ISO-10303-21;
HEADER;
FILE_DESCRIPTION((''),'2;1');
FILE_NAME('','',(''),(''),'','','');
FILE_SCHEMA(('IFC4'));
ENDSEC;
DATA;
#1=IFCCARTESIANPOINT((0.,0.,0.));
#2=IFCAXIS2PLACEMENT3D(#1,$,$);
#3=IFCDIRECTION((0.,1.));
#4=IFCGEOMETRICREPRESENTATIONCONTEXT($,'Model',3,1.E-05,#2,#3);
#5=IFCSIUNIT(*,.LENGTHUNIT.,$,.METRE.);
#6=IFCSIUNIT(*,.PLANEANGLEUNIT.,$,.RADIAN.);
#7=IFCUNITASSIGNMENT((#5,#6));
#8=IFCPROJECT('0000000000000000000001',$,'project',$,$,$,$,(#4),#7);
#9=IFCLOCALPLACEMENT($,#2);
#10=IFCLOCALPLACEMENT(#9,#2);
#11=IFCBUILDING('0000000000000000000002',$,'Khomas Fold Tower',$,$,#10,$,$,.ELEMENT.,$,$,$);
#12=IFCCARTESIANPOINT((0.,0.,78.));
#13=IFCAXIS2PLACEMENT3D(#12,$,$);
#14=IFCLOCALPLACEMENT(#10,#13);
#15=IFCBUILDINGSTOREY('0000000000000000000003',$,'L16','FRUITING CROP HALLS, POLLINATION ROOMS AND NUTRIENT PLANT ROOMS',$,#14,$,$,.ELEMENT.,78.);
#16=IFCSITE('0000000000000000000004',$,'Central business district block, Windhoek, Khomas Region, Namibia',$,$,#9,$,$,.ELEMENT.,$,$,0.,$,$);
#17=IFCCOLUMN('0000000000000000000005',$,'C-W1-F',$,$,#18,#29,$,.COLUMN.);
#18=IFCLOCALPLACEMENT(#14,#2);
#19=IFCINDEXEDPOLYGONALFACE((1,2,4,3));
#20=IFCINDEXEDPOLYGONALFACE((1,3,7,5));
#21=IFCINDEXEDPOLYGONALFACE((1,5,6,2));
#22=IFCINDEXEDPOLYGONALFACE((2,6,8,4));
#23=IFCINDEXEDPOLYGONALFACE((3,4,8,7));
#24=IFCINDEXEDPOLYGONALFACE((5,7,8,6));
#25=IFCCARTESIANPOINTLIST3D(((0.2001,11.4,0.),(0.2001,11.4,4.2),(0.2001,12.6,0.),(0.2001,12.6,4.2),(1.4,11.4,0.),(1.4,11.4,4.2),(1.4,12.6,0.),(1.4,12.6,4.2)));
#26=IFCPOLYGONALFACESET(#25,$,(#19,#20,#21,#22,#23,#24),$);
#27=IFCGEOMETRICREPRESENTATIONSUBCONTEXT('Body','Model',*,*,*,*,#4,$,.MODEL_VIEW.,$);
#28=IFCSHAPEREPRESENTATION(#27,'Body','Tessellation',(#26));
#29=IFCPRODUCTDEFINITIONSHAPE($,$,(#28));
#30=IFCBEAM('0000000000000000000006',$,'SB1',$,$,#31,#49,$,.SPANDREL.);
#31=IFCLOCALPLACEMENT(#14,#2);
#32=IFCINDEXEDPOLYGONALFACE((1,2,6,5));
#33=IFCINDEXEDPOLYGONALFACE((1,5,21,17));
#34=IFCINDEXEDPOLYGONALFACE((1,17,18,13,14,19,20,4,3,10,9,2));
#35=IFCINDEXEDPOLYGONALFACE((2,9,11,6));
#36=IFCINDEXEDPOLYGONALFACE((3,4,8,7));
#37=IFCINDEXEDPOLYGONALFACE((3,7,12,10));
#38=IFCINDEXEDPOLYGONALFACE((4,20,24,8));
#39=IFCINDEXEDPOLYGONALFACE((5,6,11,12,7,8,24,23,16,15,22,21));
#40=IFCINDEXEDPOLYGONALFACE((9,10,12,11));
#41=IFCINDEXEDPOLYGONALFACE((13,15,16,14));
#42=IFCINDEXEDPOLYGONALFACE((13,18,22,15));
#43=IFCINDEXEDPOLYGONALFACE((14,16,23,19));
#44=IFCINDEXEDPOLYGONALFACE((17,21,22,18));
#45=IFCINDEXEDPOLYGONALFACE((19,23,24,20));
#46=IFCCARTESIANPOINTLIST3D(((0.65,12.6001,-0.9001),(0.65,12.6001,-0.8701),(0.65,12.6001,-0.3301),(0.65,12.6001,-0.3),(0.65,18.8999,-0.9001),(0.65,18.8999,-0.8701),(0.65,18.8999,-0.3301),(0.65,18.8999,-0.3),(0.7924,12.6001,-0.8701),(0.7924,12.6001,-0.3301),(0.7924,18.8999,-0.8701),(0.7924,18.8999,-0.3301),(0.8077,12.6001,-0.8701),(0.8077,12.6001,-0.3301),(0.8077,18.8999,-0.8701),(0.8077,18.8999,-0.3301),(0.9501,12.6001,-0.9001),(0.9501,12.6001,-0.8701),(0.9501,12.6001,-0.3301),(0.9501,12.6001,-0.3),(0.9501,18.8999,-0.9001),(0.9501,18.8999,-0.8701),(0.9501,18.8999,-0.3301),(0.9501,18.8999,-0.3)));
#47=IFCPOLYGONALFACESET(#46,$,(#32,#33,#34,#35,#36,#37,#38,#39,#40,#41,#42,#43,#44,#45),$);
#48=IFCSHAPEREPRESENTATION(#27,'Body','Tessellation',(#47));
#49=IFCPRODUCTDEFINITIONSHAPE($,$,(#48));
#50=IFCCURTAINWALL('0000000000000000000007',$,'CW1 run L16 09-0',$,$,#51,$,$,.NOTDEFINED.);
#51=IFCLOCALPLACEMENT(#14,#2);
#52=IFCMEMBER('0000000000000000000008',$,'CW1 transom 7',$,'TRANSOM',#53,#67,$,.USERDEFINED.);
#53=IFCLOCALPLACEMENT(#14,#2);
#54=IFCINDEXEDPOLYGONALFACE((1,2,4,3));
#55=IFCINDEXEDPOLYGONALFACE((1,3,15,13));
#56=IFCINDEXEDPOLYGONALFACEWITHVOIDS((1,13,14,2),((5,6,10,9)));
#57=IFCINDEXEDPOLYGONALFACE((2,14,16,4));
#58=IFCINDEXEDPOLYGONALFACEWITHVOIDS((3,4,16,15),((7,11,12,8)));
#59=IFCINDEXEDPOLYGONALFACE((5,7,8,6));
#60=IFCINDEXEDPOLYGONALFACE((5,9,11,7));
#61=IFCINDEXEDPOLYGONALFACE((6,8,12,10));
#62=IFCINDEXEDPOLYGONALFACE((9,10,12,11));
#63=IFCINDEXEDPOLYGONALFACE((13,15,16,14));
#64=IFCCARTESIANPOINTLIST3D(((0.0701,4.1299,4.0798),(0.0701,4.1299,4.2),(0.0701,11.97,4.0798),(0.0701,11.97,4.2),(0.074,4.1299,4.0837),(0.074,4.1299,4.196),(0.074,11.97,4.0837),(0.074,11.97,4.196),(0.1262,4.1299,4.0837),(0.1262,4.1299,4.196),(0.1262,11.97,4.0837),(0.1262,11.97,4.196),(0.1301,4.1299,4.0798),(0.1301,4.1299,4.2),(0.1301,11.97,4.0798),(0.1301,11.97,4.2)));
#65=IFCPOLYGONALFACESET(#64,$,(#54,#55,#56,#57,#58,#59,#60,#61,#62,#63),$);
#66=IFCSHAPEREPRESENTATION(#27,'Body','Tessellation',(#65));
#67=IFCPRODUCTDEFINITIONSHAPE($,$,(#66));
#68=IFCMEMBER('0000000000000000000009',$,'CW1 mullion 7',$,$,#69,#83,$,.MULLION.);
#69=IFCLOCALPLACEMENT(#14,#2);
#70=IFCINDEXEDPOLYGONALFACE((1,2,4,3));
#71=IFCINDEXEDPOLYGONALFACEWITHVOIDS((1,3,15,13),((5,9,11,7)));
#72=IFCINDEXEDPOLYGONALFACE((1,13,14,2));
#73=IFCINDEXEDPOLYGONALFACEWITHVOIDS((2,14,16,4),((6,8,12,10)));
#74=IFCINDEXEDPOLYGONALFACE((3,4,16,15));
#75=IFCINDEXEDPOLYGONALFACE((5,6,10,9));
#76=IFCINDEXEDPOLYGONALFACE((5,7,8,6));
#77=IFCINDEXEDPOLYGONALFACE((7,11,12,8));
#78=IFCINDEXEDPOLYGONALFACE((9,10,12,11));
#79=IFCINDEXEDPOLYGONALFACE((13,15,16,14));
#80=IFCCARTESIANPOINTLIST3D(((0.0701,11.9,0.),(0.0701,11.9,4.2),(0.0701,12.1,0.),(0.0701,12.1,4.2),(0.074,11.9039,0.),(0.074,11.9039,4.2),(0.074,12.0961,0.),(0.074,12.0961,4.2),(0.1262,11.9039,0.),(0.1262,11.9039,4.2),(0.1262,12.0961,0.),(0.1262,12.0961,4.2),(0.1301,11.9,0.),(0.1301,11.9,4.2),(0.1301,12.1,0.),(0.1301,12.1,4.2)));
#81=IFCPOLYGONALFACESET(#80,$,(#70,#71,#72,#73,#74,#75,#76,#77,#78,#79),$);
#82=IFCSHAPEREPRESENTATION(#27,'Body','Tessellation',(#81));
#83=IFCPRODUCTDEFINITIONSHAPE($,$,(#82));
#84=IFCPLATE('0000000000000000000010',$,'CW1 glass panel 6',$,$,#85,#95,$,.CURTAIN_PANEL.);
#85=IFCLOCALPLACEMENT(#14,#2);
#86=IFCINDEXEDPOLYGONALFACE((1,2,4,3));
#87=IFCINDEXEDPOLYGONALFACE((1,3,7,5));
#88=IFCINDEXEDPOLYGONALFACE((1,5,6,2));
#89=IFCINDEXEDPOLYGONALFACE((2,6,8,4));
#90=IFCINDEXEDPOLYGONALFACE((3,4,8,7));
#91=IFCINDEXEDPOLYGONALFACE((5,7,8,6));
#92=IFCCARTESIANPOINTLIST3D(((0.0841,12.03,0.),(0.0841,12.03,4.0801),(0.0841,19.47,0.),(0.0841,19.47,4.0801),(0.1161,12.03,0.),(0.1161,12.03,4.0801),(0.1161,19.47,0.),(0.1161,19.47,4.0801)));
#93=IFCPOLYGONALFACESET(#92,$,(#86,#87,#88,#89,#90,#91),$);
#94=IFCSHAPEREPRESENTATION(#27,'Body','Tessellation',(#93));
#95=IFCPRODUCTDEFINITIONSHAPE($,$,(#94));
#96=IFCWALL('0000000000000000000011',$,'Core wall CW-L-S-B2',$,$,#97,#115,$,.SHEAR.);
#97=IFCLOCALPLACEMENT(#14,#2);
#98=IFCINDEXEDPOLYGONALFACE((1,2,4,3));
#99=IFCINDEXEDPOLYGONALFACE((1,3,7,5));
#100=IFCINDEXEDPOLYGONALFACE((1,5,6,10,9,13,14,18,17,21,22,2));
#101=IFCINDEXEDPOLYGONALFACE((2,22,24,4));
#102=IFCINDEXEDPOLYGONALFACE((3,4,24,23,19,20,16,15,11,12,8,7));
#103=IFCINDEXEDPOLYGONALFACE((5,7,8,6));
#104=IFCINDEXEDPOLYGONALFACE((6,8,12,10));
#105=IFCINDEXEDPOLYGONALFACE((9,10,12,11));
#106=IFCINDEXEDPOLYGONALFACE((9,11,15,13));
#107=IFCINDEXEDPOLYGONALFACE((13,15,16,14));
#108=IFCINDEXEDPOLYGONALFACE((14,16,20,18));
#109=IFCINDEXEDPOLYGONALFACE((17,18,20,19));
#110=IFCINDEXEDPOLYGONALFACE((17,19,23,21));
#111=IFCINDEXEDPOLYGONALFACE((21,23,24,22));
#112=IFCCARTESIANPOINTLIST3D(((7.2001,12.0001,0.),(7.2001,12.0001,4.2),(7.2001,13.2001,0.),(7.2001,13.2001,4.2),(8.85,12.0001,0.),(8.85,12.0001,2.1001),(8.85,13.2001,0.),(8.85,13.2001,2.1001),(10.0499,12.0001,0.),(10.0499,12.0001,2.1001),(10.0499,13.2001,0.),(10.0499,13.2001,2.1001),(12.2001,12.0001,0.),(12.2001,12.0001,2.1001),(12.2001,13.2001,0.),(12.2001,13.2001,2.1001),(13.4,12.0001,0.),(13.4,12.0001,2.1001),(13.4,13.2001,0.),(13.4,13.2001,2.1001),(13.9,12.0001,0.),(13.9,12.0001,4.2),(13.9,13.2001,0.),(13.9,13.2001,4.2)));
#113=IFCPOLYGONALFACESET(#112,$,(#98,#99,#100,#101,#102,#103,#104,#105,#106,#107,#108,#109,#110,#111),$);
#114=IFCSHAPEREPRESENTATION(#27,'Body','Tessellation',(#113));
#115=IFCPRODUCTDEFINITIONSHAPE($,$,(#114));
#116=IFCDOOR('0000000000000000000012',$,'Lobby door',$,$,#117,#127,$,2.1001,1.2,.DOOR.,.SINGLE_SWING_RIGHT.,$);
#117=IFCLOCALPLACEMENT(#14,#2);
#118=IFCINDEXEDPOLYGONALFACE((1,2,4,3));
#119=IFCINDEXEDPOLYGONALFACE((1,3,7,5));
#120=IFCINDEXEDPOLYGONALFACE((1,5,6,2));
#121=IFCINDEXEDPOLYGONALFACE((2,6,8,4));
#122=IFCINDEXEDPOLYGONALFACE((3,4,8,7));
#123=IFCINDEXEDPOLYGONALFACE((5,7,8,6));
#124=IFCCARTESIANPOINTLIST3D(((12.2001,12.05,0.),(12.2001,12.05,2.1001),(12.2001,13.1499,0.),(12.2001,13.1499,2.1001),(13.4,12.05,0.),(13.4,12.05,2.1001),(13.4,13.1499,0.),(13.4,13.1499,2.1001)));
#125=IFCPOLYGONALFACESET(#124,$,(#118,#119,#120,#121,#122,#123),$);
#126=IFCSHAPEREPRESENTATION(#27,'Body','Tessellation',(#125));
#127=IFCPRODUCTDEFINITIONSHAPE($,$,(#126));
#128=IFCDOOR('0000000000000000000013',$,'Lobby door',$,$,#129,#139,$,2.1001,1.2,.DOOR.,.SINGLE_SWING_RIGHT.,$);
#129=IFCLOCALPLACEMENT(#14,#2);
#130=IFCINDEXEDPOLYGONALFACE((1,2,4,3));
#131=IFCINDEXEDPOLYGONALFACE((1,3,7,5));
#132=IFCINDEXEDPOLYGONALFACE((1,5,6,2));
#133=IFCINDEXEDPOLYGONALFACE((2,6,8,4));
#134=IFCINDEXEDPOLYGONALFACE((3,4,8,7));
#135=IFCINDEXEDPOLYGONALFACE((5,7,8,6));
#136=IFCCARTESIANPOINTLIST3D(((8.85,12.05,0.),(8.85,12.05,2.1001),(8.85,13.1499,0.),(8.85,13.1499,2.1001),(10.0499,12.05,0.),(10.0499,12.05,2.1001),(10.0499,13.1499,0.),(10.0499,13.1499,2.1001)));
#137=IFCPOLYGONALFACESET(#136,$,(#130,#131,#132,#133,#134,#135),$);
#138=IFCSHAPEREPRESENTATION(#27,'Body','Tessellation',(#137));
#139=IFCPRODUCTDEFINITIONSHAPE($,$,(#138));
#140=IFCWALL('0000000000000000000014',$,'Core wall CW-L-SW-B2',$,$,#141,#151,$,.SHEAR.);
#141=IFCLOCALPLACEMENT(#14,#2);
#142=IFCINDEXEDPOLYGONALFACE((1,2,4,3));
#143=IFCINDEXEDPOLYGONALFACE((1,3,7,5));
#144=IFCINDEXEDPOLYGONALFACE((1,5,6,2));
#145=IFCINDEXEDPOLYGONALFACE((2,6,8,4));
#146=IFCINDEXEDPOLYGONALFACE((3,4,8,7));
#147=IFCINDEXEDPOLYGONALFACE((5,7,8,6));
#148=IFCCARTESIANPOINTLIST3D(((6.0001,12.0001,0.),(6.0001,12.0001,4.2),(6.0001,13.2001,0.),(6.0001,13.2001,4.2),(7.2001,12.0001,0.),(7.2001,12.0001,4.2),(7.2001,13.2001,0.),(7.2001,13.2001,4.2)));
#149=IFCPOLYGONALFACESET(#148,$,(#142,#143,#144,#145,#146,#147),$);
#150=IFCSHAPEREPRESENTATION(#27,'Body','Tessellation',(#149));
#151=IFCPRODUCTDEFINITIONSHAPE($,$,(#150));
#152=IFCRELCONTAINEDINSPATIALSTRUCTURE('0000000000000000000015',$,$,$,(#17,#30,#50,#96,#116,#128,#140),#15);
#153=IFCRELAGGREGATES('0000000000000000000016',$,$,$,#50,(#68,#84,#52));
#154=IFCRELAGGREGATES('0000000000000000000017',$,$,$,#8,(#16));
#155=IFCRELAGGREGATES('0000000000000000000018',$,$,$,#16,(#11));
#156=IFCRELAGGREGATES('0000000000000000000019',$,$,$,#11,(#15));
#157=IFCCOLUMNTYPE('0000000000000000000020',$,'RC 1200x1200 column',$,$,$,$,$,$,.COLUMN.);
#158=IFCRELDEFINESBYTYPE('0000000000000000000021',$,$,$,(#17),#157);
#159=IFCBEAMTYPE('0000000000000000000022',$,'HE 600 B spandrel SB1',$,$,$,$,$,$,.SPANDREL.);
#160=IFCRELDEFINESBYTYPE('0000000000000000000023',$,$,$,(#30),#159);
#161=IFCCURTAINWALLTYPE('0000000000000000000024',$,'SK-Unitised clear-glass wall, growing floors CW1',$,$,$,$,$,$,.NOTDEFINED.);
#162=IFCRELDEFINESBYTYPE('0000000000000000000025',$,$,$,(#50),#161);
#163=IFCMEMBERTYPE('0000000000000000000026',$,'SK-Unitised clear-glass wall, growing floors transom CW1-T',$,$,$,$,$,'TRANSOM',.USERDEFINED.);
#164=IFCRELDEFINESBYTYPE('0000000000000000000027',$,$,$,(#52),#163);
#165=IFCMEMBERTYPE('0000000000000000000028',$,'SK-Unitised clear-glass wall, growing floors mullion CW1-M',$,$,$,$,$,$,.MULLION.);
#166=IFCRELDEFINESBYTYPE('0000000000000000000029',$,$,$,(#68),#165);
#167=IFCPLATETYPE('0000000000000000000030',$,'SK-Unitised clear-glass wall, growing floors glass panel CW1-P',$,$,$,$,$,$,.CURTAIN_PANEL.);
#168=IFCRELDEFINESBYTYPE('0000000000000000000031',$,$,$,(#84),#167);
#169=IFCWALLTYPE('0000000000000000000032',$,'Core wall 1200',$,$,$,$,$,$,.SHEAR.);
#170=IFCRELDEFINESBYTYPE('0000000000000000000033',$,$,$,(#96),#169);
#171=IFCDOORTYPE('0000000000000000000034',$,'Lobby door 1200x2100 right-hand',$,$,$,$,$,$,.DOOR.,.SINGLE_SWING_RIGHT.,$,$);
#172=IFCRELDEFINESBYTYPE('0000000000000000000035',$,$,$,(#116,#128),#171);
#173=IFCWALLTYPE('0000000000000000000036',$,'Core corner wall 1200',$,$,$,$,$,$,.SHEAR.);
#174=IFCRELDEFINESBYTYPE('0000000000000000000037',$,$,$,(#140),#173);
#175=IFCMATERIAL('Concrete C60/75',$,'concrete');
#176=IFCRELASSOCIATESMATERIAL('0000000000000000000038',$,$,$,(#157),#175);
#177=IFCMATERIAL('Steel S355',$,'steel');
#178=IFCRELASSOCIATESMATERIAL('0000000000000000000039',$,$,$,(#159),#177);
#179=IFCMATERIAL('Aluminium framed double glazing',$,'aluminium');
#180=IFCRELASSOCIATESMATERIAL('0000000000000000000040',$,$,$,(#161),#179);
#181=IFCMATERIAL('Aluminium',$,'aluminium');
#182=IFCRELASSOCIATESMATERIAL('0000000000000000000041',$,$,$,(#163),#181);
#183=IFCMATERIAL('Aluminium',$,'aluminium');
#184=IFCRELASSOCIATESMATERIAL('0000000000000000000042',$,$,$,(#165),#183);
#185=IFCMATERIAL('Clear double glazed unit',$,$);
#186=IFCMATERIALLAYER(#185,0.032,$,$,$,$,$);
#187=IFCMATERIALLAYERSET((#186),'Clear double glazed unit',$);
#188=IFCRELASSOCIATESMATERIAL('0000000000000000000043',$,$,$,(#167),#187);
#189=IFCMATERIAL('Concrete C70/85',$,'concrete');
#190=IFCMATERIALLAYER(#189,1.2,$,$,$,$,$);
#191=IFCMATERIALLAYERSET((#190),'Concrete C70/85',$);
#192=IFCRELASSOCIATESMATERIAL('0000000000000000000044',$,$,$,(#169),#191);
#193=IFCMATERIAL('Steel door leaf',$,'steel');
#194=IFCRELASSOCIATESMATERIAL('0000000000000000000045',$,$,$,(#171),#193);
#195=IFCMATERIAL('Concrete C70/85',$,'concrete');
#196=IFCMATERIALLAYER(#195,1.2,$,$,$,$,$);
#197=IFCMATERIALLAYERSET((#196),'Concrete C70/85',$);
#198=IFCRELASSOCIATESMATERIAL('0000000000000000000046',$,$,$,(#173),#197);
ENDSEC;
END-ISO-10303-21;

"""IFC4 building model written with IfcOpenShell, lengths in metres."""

from ifc_helpers import new_model, si_unit, direction, frame, frame_2d, origin, origin_2d, place, context, subcontext, project, spatial, rectangle, hollow_rectangle, i_section, extrude, source, transform, mapped, material, layer, layer_set, material_profile, profile_set, type_object, element, fill, aggregate, save


model = new_model("IFC4")

# Units and contexts
model_context = context("Model", 3, precision=1e-05, world=origin(), true_north=direction((0.0, 1.0)))
body_context = subcontext(model_context, "Body", "Model", "MODEL_VIEW")
ifc_project = project(units=[si_unit("LENGTHUNIT", "METRE"), si_unit("PLANEANGLEUNIT", "RADIAN")], contexts=[model_context])

# Site, building, storey
site_placement = place(None, origin())
site = spatial("IfcSite", under=ifc_project, at=site_placement, Name="Central business district block, Windhoek, Khomas Region, Namibia", CompositionType="ELEMENT", RefElevation=0.0)
building_placement = place(site_placement, origin())
building = spatial("IfcBuilding", under=site, at=building_placement, Name="Khomas Fold Tower", CompositionType="ELEMENT")
storey_placement = place(building_placement, frame((0.0, 0.0, 78.0)))
storey = spatial("IfcBuildingStorey", under=building, at=storey_placement, Name="L16", Description="FRUITING CROP HALLS, POLLINATION ROOMS AND NUTRIENT PLANT ROOMS", CompositionType="ELEMENT", Elevation=78.0)

# Column
ifc_material_1 = material(Name="Concrete C60/75", Category="concrete")
ifc_material_profile_1 = material_profile(ifc_material_1, rectangle(XDim=1.2, YDim=1.2, at=origin_2d()), Name="RC 1200x1200")
ifc_profile_set_1 = profile_set([ifc_material_profile_1], Name="Concrete C60/75")
column_type = type_object("IfcColumnType", Name="RC 1200x1200 column", PredefinedType="COLUMN", material=ifc_profile_set_1)
shared_shape_1 = source(origin(), body_context, "Body", "SweptSolid", [
    extrude(rectangle(XDim=1.2, YDim=1.2, at=origin_2d()), origin(), (0.0, 0.0, 1.0), 4.2),
])
column_placement = place(storey_placement, frame((0.8, 12.0, 0.0), z_axis=(0.0, 0.0, 1.0), x_axis=(1.0, 0.0, 0.0)))
element("IfcColumn", 1, at=column_placement, inside=storey, type_object=column_type, Name="C-W1-F", PredefinedType="COLUMN", context=body_context, shape_type="MappedRepresentation", body=[
    mapped(shared_shape_1, transform((0.0, 0.0, 0.0))),
])

# Beam
ifc_material_2 = material(Name="Steel S355", Category="steel")
ifc_material_profile_2 = material_profile(ifc_material_2, i_section(OverallWidth=0.3, OverallDepth=0.6001, WebThickness=0.0154, FlangeThickness=0.03, at=origin_2d()), Name="HE 600 B")
ifc_profile_set_2 = profile_set([ifc_material_profile_2], Name="Steel S355")
beam_type = type_object("IfcBeamType", Name="HE 600 B spandrel SB1", PredefinedType="SPANDREL", material=ifc_profile_set_2)
shared_shape_2 = source(origin(), body_context, "Body", "SweptSolid", [
    extrude(i_section(OverallWidth=0.3, OverallDepth=0.6001, WebThickness=0.0154, FlangeThickness=0.03, at=origin_2d()), origin(), (0.0, 0.0, 1.0), 6.2998),
])
beam_placement = place(storey_placement, frame((0.8, 12.6001, -0.6001), z_axis=(0.0, 1.0, 0.0), x_axis=(-1.0, 0.0, 0.0)))
element("IfcBeam", 2, at=beam_placement, inside=storey, type_object=beam_type, Name="SB1", PredefinedType="SPANDREL", context=body_context, shape_type="MappedRepresentation", body=[
    mapped(shared_shape_2, transform((0.0, 0.0, 0.0))),
])

# Curtain wall, members, plate
ifc_material_3 = material(Name="Aluminium framed double glazing", Category="aluminium")
curtain_wall_type = type_object("IfcCurtainWallType", Name="SK-Unitised clear-glass wall, growing floors CW1", PredefinedType="NOTDEFINED", material=ifc_material_3)
curtain_wall_placement = place(storey_placement, origin())
curtain_wall = element("IfcCurtainWall", 3, at=curtain_wall_placement, inside=storey, type_object=curtain_wall_type, Name="CW1 run L16 09-0", PredefinedType="NOTDEFINED")
ifc_material_4 = material(Name="Aluminium", Category="aluminium")
ifc_material_profile_3 = material_profile(ifc_material_4, hollow_rectangle(XDim=0.0601, YDim=0.1201, WallThickness=0.0039, at=origin_2d()), Name="SK-Unitised clear-glass wall, growing floors transom CW1-T")
ifc_profile_set_3 = profile_set([ifc_material_profile_3], Name="Aluminium")
member_type_1 = type_object("IfcMemberType", Name="SK-Unitised clear-glass wall, growing floors transom CW1-T", ElementType="TRANSOM", PredefinedType="USERDEFINED", material=ifc_profile_set_3)
shared_shape_3 = source(origin(), body_context, "Body", "SweptSolid", [
    extrude(hollow_rectangle(XDim=0.0601, YDim=0.1201, WallThickness=0.0039, at=origin_2d()), origin(), (0.0, 0.0, 1.0), 7.8401),
])
member_1_placement = place(storey_placement, frame((0.1001, 11.97, 4.1399), z_axis=(0.0, -1.0, 0.0), x_axis=(1.0, 0.0, 0.0)))
member_1 = element("IfcMember", 4, at=member_1_placement, type_object=member_type_1, Name="CW1 transom 7", ObjectType="TRANSOM", PredefinedType="USERDEFINED", context=body_context, shape_type="MappedRepresentation", body=[
    mapped(shared_shape_3, transform((0.0, 0.0, 0.0))),
])
ifc_material_5 = material(Name="Aluminium", Category="aluminium")
ifc_material_profile_4 = material_profile(ifc_material_5, hollow_rectangle(XDim=0.0601, YDim=0.2, WallThickness=0.0039, at=origin_2d()), Name="SK-Unitised clear-glass wall, growing floors mullion CW1-M")
ifc_profile_set_4 = profile_set([ifc_material_profile_4], Name="Aluminium")
member_type_2 = type_object("IfcMemberType", Name="SK-Unitised clear-glass wall, growing floors mullion CW1-M", PredefinedType="MULLION", material=ifc_profile_set_4)
shared_shape_4 = source(origin(), body_context, "Body", "SweptSolid", [
    extrude(hollow_rectangle(XDim=0.0601, YDim=0.2, WallThickness=0.0039, at=origin_2d()), origin(), (0.0, 0.0, 1.0), 4.2),
])
member_2_placement = place(storey_placement, frame((0.1001, 12.0, 0.0), z_axis=(0.0, 0.0, 1.0), x_axis=(1.0, 0.0, 0.0)))
member_2 = element("IfcMember", 5, at=member_2_placement, type_object=member_type_2, Name="CW1 mullion 7", PredefinedType="MULLION", context=body_context, shape_type="MappedRepresentation", body=[
    mapped(shared_shape_4, transform((0.0, 0.0, 0.0))),
])
ifc_material_6 = material(Name="Clear double glazed unit")
ifc_layer_1 = layer(ifc_material_6, 0.032)
ifc_layer_set_1 = layer_set([ifc_layer_1], Name="Clear double glazed unit")
plate_type = type_object("IfcPlateType", Name="SK-Unitised clear-glass wall, growing floors glass panel CW1-P", PredefinedType="CURTAIN_PANEL", material=ifc_layer_set_1)
shared_shape_5 = source(origin(), body_context, "Body", "SweptSolid", [
    extrude(rectangle(XDim=7.4399, YDim=0.032, at=origin_2d()), origin(), (0.0, 0.0, 1.0), 4.0801),
])
plate_placement = place(storey_placement, frame((0.1001, 15.75, 0.0), z_axis=(0.0, 0.0, 1.0), x_axis=(0.0, -1.0, 0.0)))
plate = element("IfcPlate", 6, at=plate_placement, type_object=plate_type, Name="CW1 glass panel 6", PredefinedType="CURTAIN_PANEL", context=body_context, shape_type="MappedRepresentation", body=[
    mapped(shared_shape_5, transform((0.0, 0.0, 0.0))),
])
aggregate(curtain_wall, [member_2, plate, member_1])

# Wall, openings, doors
ifc_material_7 = material(Name="Concrete C70/85", Category="concrete")
ifc_layer_2 = layer(ifc_material_7, 1.2)
ifc_layer_set_2 = layer_set([ifc_layer_2], Name="Concrete C70/85")
wall_type_1 = type_object("IfcWallType", Name="Core wall 1200", PredefinedType="SHEAR", material=ifc_layer_set_2)
shared_shape_6 = source(origin(), body_context, "Body", "SweptSolid", [
    extrude(rectangle(XDim=6.7, YDim=1.2, at=frame_2d((3.3501, 0.0))), origin(), (0.0, 0.0, 1.0), 4.2),
])
wall_1_placement = place(storey_placement, frame((7.2, 12.6001, 0.0), z_axis=(0.0, 0.0, 1.0), x_axis=(1.0, 0.0, 0.0)))
wall_1 = element("IfcWall", 7, at=wall_1_placement, inside=storey, type_object=wall_type_1, Name="Core wall CW-L-S-B2", PredefinedType="SHEAR", context=body_context, shape_type="MappedRepresentation", body=[
    mapped(shared_shape_6, transform((0.0, 0.0, 0.0))),
])
shared_shape_7 = source(origin(), body_context, "Body", "SweptSolid", [
    extrude(rectangle(XDim=1.2, YDim=2.1001, at=frame_2d((0.6001, 1.05))), frame((0.0, 0.6099, 0.0), z_axis=(0.0, -1.0, 0.0), x_axis=(1.0, 0.0, 0.0)), (0.0, 0.0, 1.0), 1.22),
])
opening_1_placement = place(wall_1_placement, frame((5.0, 0.0, 0.0)))
opening_1 = element("IfcOpeningElement", 8, at=opening_1_placement, cuts=wall_1, PredefinedType="OPENING", context=body_context, shape_type="MappedRepresentation", body=[
    mapped(shared_shape_7, transform((0.0, 0.0, 0.0))),
])
opening_2_placement = place(wall_1_placement, frame((1.6499, 0.0, 0.0)))
opening_2 = element("IfcOpeningElement", 9, at=opening_2_placement, cuts=wall_1, PredefinedType="OPENING", context=body_context, shape_type="MappedRepresentation", body=[
    mapped(shared_shape_7, transform((0.0, 0.0, 0.0))),
])
ifc_material_8 = material(Name="Steel door leaf", Category="steel")
door_type_1 = type_object("IfcDoorType", Name="Lobby door 1200x2100 right-hand", OperationType="SINGLE_SWING_RIGHT", PredefinedType="DOOR", material=ifc_material_8)
shared_shape_8 = source(origin(), body_context, "Body", "SweptSolid", [
    extrude(rectangle(XDim=1.2, YDim=2.1001, at=frame_2d((0.6001, 1.05))), frame((0.0, 0.5498, 0.0), z_axis=(0.0, -1.0, 0.0), x_axis=(1.0, 0.0, 0.0)), (0.0, 0.0, 1.0), 1.0999),
])
door_1_placement = place(opening_1_placement, origin())
door_1 = element("IfcDoor", 10, at=door_1_placement, inside=storey, type_object=door_type_1, Name="Lobby door", OperationType="SINGLE_SWING_RIGHT", OverallHeight=2.1001, OverallWidth=1.2, PredefinedType="DOOR", context=body_context, shape_type="MappedRepresentation", body=[
    mapped(shared_shape_8, transform((0.0, 0.0, 0.0))),
])
fill(opening_1, door_1)
door_2_placement = place(opening_2_placement, origin())
door_2 = element("IfcDoor", 11, at=door_2_placement, inside=storey, type_object=door_type_1, Name="Lobby door", OperationType="SINGLE_SWING_RIGHT", OverallHeight=2.1001, OverallWidth=1.2, PredefinedType="DOOR", context=body_context, shape_type="MappedRepresentation", body=[
    mapped(shared_shape_8, transform((0.0, 0.0, 0.0))),
])
fill(opening_2, door_2)

# Wall
ifc_material_9 = material(Name="Concrete C70/85", Category="concrete")
ifc_layer_3 = layer(ifc_material_9, 1.2)
ifc_layer_set_3 = layer_set([ifc_layer_3], Name="Concrete C70/85")
wall_type_2 = type_object("IfcWallType", Name="Core corner wall 1200", PredefinedType="SHEAR", material=ifc_layer_set_3)
shared_shape_9 = source(origin(), body_context, "Body", "SweptSolid", [
    extrude(rectangle(XDim=1.2, YDim=1.2, at=frame_2d((0.6001, 0.0))), origin(), (0.0, 0.0, 1.0), 4.2),
])
wall_2_placement = place(storey_placement, frame((6.0, 12.6001, 0.0), z_axis=(0.0, 0.0, 1.0), x_axis=(1.0, 0.0, 0.0)))
element("IfcWall", 12, at=wall_2_placement, inside=storey, type_object=wall_type_2, Name="Core wall CW-L-SW-B2", PredefinedType="SHEAR", context=body_context, shape_type="MappedRepresentation", body=[
    mapped(shared_shape_9, transform((0.0, 0.0, 0.0))),
])

save(model, "model.ifc")
